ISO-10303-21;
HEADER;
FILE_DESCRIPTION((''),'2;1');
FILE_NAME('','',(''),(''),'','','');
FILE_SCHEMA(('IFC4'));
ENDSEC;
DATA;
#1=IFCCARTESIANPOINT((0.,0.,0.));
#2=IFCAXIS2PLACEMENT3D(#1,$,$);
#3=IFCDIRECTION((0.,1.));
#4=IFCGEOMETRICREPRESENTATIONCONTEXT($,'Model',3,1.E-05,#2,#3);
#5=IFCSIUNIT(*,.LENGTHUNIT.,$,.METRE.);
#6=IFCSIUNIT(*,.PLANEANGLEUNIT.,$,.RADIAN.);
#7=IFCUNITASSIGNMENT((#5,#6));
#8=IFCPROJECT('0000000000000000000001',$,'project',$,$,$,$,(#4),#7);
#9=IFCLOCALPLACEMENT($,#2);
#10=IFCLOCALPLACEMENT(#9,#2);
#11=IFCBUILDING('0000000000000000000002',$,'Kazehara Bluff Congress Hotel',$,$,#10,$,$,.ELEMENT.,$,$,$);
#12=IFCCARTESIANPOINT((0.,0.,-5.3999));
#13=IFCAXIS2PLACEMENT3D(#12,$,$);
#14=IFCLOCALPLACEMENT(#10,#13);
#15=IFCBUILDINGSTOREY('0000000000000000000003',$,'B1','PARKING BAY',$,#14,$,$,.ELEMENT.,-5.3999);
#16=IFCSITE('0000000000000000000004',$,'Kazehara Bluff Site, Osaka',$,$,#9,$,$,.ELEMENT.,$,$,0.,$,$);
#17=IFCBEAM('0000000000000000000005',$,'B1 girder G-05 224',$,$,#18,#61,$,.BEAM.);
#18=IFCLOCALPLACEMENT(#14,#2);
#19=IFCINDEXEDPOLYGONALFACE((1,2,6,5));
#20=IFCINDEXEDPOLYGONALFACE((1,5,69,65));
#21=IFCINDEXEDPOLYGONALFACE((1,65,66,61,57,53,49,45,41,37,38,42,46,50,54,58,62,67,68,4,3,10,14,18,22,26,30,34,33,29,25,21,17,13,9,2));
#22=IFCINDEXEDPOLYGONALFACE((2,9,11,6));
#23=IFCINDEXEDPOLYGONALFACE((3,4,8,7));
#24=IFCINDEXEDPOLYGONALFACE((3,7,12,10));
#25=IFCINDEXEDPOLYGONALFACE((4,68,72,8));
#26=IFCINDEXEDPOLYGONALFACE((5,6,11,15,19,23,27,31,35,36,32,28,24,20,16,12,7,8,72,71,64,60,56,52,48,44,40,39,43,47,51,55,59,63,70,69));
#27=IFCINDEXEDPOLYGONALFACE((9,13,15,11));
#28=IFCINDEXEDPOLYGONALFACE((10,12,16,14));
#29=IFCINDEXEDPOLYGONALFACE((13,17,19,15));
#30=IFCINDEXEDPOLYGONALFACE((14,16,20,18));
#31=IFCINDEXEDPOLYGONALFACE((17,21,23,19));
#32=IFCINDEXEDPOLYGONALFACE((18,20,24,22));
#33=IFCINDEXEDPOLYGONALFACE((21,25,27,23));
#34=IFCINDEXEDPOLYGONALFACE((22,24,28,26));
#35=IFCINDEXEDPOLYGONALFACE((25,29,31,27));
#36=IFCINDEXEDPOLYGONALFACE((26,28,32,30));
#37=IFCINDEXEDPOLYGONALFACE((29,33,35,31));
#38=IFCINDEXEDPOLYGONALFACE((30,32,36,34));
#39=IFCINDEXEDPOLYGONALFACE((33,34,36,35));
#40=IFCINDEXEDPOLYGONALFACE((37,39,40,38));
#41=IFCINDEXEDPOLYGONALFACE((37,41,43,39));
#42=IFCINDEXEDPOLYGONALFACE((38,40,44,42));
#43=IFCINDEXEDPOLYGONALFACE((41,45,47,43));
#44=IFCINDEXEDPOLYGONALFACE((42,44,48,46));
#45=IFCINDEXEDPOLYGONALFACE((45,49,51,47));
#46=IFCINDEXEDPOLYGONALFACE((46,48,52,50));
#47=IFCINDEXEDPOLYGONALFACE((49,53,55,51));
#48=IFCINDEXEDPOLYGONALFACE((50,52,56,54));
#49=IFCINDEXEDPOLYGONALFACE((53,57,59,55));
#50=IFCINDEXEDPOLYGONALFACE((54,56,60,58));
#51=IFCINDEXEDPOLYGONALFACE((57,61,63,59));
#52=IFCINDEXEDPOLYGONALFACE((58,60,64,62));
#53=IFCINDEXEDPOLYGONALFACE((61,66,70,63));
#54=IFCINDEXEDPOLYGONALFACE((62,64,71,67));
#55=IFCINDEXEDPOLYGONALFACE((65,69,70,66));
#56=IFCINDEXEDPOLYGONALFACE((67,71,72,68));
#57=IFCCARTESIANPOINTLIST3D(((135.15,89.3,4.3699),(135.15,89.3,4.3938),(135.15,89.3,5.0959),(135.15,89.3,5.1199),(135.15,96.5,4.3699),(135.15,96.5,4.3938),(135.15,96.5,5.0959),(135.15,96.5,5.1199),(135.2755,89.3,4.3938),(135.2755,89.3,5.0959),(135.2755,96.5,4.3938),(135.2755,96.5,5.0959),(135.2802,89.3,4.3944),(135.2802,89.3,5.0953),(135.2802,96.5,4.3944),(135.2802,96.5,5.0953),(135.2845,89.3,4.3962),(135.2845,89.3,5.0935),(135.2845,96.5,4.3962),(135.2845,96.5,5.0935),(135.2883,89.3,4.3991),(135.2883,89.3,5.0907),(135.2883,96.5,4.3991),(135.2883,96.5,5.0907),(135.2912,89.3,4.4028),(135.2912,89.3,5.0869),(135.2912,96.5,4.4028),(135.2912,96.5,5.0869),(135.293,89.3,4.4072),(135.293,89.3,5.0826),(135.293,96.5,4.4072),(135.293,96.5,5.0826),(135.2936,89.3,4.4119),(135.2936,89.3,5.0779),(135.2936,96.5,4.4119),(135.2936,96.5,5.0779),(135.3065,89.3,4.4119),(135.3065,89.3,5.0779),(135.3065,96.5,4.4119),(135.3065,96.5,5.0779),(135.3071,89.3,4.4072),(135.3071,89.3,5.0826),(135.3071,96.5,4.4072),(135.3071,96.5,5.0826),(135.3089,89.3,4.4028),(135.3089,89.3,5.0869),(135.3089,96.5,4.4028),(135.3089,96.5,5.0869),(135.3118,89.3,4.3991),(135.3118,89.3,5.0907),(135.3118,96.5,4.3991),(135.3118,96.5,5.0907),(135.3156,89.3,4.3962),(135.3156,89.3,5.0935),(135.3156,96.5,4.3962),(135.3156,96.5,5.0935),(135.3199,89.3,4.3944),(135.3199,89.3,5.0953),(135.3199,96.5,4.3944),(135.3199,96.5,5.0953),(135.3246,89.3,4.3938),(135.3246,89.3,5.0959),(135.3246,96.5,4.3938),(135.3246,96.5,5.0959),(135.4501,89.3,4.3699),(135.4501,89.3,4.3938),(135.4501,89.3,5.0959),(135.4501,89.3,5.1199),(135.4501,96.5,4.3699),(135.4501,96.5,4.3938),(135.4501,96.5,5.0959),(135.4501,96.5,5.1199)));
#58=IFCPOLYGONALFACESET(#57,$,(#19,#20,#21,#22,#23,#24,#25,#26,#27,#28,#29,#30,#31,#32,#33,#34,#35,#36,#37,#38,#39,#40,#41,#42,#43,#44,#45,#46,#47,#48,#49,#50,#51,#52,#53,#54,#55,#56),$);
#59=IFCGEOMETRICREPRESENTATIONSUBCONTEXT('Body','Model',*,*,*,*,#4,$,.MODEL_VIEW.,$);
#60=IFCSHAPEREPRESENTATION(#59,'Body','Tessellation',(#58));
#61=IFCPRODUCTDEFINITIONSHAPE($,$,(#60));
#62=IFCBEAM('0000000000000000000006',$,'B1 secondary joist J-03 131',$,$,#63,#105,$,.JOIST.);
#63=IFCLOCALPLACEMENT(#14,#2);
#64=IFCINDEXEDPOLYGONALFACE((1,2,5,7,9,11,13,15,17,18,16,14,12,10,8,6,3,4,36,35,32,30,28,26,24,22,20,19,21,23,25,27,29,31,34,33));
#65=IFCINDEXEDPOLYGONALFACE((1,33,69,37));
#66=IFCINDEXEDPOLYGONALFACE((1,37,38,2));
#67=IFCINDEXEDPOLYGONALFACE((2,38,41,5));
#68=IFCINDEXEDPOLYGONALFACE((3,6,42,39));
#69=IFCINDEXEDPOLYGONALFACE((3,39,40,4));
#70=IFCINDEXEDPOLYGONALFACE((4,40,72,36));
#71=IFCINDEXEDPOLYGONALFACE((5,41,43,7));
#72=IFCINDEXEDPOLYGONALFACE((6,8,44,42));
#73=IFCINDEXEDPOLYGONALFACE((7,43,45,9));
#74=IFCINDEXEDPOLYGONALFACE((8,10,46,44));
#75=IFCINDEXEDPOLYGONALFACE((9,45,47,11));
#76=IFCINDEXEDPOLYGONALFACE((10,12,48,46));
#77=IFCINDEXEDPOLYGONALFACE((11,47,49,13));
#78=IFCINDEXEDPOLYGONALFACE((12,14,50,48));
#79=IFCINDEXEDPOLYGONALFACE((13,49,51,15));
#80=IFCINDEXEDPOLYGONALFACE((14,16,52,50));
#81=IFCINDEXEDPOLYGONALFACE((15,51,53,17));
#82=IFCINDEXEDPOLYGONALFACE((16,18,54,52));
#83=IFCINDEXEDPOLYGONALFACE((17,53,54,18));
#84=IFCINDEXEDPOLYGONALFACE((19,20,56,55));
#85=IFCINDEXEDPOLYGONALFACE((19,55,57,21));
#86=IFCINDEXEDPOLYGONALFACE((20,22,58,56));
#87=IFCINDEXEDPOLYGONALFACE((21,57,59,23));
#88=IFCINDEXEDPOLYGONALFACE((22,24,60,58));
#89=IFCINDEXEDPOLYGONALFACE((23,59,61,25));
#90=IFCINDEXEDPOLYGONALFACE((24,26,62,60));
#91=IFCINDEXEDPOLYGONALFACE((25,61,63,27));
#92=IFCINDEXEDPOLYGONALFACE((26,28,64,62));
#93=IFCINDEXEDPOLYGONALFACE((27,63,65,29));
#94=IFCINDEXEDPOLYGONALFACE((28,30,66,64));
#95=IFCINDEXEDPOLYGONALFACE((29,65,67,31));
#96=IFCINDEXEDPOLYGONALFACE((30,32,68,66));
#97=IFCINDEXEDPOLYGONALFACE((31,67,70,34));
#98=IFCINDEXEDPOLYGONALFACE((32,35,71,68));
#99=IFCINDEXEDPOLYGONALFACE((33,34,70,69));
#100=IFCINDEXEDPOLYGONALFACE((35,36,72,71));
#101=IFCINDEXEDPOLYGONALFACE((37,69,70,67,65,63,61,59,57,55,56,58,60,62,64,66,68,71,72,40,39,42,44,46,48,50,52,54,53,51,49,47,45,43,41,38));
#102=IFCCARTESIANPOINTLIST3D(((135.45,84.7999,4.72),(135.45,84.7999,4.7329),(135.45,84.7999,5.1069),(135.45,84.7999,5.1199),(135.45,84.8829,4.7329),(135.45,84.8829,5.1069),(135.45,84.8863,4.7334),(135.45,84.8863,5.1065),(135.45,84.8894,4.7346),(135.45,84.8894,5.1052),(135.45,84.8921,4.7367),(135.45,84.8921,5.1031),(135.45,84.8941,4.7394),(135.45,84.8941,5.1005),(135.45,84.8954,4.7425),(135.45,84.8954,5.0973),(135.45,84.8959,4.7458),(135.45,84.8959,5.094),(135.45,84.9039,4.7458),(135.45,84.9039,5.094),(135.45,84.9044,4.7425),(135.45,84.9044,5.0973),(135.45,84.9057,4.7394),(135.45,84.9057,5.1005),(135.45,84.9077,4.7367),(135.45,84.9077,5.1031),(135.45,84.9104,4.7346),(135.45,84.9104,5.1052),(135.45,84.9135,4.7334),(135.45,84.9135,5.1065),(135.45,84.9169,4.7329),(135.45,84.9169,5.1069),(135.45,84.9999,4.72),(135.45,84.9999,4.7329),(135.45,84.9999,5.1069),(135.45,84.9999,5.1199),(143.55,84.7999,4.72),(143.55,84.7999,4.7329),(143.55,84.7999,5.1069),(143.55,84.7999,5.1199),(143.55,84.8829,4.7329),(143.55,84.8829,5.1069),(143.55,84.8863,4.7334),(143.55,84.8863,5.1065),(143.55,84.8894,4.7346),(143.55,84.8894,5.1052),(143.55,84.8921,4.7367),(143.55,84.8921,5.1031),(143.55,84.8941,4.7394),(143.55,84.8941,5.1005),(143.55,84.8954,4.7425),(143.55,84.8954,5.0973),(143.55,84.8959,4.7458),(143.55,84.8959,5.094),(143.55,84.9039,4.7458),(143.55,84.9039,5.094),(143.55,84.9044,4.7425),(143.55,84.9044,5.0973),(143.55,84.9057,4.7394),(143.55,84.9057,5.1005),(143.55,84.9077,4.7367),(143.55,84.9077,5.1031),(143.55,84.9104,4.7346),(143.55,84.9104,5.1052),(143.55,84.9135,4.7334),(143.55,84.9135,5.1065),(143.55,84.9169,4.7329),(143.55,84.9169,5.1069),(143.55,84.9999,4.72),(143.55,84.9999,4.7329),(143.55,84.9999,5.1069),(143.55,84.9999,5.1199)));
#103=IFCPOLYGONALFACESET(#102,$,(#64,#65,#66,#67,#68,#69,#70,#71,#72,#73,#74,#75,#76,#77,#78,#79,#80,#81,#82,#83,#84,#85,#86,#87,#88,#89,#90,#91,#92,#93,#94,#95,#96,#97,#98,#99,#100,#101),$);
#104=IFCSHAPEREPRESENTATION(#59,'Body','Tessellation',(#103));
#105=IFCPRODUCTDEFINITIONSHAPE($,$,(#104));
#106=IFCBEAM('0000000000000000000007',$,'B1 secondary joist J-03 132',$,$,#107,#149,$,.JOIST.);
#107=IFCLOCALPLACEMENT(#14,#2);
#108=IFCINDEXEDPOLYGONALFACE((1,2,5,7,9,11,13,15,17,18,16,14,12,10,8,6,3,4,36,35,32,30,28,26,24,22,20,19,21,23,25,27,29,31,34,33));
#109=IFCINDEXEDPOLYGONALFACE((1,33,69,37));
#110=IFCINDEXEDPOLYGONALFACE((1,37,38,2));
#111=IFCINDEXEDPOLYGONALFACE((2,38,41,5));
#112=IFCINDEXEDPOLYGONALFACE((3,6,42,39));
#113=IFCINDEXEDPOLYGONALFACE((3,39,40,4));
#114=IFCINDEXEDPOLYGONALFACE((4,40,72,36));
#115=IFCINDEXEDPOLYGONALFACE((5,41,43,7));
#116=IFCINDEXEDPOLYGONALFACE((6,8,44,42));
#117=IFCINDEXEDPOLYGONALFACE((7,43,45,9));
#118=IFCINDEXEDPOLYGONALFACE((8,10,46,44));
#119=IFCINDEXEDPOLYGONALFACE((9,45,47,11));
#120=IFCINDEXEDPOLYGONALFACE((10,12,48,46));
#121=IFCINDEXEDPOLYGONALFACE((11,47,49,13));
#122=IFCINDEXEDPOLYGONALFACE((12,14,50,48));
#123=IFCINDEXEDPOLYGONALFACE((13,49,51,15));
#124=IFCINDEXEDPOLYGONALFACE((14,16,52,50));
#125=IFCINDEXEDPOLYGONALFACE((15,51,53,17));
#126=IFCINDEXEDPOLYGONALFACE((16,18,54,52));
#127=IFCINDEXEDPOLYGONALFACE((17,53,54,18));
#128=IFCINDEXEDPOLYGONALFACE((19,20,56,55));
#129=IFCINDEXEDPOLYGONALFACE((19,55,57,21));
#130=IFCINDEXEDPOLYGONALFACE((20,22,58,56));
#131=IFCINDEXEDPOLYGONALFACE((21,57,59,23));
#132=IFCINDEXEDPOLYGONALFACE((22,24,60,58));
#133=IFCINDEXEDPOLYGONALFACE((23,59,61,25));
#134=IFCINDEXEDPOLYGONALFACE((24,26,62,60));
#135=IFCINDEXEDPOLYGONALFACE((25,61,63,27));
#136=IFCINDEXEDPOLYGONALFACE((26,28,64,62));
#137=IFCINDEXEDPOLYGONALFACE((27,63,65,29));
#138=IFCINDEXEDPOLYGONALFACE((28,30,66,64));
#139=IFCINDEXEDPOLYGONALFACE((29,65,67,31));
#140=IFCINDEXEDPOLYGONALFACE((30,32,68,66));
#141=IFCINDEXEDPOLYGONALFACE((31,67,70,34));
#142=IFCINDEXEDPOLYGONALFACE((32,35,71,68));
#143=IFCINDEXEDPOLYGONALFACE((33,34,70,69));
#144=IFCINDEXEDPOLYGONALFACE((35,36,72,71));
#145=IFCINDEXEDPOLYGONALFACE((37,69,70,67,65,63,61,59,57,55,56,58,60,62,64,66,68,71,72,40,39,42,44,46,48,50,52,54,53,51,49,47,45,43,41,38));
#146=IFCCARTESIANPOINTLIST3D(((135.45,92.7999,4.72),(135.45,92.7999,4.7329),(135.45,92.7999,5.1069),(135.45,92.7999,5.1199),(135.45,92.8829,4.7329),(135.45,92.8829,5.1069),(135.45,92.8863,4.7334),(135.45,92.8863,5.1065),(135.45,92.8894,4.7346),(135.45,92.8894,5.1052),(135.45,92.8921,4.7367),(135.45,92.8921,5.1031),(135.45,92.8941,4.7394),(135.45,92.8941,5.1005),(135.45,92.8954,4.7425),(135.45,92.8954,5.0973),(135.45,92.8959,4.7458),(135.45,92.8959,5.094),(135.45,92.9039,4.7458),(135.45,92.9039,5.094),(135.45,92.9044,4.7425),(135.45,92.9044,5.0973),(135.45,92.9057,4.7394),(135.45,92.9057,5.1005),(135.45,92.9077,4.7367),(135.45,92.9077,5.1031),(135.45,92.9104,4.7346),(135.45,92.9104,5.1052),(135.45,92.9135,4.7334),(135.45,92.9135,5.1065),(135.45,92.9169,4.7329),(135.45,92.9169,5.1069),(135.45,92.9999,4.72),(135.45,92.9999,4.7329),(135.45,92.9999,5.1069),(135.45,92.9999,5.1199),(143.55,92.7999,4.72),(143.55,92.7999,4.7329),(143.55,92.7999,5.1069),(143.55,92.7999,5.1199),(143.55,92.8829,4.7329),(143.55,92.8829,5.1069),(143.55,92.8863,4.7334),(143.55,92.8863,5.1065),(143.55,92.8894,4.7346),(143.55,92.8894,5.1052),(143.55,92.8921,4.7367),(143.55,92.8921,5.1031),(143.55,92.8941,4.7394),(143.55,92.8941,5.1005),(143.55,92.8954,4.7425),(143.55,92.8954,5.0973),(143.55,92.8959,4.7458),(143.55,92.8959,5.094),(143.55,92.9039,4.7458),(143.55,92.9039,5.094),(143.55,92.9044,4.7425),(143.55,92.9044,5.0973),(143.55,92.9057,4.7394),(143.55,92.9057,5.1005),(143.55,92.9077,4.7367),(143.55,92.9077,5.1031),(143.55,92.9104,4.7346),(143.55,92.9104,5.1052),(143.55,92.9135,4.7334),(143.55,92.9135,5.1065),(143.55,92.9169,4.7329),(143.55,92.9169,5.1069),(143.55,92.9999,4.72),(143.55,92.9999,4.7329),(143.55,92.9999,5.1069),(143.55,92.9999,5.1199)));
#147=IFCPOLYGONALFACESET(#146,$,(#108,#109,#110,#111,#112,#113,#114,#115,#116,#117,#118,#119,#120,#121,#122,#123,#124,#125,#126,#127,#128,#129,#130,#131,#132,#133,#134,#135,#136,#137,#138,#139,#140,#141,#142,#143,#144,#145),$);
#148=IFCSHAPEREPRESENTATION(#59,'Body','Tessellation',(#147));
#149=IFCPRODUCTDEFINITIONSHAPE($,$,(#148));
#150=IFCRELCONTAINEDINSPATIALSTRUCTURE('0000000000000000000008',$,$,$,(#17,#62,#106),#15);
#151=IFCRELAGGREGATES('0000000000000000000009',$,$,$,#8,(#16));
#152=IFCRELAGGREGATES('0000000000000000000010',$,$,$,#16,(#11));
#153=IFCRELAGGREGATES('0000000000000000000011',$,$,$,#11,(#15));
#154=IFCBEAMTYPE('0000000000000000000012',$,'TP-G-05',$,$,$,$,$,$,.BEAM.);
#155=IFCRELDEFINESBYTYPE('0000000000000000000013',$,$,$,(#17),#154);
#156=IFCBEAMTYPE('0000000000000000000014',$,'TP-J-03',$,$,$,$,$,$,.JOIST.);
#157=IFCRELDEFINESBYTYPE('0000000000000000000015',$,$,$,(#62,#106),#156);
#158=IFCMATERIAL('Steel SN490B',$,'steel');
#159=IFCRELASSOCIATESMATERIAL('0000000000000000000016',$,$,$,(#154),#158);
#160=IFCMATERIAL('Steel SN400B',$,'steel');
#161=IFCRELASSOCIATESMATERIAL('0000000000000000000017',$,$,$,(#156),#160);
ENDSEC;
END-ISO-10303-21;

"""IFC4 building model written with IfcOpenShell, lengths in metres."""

from ifc_helpers import new_model, si_unit, direction, frame, origin, origin_2d, place, context, subcontext, project, spatial, i_section, extrude, material, material_profile, profile_set, type_object, element, save


model = new_model("IFC4")

# Units and contexts
model_context = context("Model", 3, precision=1e-05, world=origin(), true_north=direction((0.0, 1.0)))
body_context = subcontext(model_context, "Body", "Model", "MODEL_VIEW")
ifc_project = project(units=[si_unit("LENGTHUNIT", "METRE"), si_unit("PLANEANGLEUNIT", "RADIAN")], contexts=[model_context])

# Site, building, storey
site_placement = place(None, origin())
site = spatial("IfcSite", under=ifc_project, at=site_placement, Name="Kazehara Bluff Site, Osaka", CompositionType="ELEMENT", RefElevation=0.0)
building_placement = place(site_placement, origin())
building = spatial("IfcBuilding", under=site, at=building_placement, Name="Kazehara Bluff Congress Hotel", CompositionType="ELEMENT")
storey_placement = place(building_placement, frame((0.0, 0.0, -5.3999)))
storey = spatial("IfcBuildingStorey", under=building, at=storey_placement, Name="B1", Description="PARKING BAY", CompositionType="ELEMENT", Elevation=-5.3999)

# Beams
ifc_material_1 = material(Name="Steel SN490B", Category="steel")
ifc_material_profile_1 = material_profile(ifc_material_1, i_section(OverallWidth=0.3, OverallDepth=0.75, WebThickness=0.0129, FlangeThickness=0.0239, FilletRadius=0.0181, at=origin_2d()))
ifc_profile_set_1 = profile_set([ifc_material_profile_1], Name="Steel SN490B")
beam_type_1 = type_object("IfcBeamType", Name="TP-G-05", PredefinedType="BEAM", material=ifc_profile_set_1)
beam_1_placement = place(storey_placement, frame((135.3, 89.3, 4.7449), z_axis=(0.0, 1.0, 0.0), x_axis=(-1.0, 0.0, 0.0)))
element("IfcBeam", 1, at=beam_1_placement, inside=storey, type_object=beam_type_1, Name="B1 girder G-05 224", PredefinedType="BEAM", context=body_context, shape_type="SweptSolid", body=[
    extrude(i_section(OverallWidth=0.3, OverallDepth=0.75, WebThickness=0.0129, FlangeThickness=0.0239, FilletRadius=0.0181, at=origin_2d()), origin(), (0.0, 0.0, 1.0), 7.2),
])
ifc_material_2 = material(Name="Steel SN400B", Category="steel")
ifc_material_profile_2 = material_profile(ifc_material_2, i_section(OverallWidth=0.2, OverallDepth=0.3999, WebThickness=0.0081, FlangeThickness=0.0129, FilletRadius=0.0129, at=origin_2d()))
ifc_profile_set_2 = profile_set([ifc_material_profile_2], Name="Steel SN400B")
beam_type_2 = type_object("IfcBeamType", Name="TP-J-03", PredefinedType="JOIST", material=ifc_profile_set_2)
for number, where, z_axis, x_axis, name in (
    (2, (135.45, 84.8999, 4.9199), (1.0, 0.0, 0.0), (0.0, 1.0, 0.0), "B1 secondary joist J-03 131"),
    (3, (135.45, 92.8999, 4.9199), (1.0, 0.0, 0.0), (0.0, 1.0, 0.0), "B1 secondary joist J-03 132"),
):
    element("IfcBeam", number, at=place(storey_placement, frame(where, z_axis=z_axis, x_axis=x_axis)), inside=storey, type_object=beam_type_2, Name=name, PredefinedType="JOIST", context=body_context, shape_type="SweptSolid", body=[
        extrude(i_section(OverallWidth=0.2, OverallDepth=0.3999, WebThickness=0.0081, FlangeThickness=0.0129, FilletRadius=0.0129, at=origin_2d()), origin(), (0.0, 0.0, 1.0), 8.1001),
    ])

save(model, "model.ifc")
